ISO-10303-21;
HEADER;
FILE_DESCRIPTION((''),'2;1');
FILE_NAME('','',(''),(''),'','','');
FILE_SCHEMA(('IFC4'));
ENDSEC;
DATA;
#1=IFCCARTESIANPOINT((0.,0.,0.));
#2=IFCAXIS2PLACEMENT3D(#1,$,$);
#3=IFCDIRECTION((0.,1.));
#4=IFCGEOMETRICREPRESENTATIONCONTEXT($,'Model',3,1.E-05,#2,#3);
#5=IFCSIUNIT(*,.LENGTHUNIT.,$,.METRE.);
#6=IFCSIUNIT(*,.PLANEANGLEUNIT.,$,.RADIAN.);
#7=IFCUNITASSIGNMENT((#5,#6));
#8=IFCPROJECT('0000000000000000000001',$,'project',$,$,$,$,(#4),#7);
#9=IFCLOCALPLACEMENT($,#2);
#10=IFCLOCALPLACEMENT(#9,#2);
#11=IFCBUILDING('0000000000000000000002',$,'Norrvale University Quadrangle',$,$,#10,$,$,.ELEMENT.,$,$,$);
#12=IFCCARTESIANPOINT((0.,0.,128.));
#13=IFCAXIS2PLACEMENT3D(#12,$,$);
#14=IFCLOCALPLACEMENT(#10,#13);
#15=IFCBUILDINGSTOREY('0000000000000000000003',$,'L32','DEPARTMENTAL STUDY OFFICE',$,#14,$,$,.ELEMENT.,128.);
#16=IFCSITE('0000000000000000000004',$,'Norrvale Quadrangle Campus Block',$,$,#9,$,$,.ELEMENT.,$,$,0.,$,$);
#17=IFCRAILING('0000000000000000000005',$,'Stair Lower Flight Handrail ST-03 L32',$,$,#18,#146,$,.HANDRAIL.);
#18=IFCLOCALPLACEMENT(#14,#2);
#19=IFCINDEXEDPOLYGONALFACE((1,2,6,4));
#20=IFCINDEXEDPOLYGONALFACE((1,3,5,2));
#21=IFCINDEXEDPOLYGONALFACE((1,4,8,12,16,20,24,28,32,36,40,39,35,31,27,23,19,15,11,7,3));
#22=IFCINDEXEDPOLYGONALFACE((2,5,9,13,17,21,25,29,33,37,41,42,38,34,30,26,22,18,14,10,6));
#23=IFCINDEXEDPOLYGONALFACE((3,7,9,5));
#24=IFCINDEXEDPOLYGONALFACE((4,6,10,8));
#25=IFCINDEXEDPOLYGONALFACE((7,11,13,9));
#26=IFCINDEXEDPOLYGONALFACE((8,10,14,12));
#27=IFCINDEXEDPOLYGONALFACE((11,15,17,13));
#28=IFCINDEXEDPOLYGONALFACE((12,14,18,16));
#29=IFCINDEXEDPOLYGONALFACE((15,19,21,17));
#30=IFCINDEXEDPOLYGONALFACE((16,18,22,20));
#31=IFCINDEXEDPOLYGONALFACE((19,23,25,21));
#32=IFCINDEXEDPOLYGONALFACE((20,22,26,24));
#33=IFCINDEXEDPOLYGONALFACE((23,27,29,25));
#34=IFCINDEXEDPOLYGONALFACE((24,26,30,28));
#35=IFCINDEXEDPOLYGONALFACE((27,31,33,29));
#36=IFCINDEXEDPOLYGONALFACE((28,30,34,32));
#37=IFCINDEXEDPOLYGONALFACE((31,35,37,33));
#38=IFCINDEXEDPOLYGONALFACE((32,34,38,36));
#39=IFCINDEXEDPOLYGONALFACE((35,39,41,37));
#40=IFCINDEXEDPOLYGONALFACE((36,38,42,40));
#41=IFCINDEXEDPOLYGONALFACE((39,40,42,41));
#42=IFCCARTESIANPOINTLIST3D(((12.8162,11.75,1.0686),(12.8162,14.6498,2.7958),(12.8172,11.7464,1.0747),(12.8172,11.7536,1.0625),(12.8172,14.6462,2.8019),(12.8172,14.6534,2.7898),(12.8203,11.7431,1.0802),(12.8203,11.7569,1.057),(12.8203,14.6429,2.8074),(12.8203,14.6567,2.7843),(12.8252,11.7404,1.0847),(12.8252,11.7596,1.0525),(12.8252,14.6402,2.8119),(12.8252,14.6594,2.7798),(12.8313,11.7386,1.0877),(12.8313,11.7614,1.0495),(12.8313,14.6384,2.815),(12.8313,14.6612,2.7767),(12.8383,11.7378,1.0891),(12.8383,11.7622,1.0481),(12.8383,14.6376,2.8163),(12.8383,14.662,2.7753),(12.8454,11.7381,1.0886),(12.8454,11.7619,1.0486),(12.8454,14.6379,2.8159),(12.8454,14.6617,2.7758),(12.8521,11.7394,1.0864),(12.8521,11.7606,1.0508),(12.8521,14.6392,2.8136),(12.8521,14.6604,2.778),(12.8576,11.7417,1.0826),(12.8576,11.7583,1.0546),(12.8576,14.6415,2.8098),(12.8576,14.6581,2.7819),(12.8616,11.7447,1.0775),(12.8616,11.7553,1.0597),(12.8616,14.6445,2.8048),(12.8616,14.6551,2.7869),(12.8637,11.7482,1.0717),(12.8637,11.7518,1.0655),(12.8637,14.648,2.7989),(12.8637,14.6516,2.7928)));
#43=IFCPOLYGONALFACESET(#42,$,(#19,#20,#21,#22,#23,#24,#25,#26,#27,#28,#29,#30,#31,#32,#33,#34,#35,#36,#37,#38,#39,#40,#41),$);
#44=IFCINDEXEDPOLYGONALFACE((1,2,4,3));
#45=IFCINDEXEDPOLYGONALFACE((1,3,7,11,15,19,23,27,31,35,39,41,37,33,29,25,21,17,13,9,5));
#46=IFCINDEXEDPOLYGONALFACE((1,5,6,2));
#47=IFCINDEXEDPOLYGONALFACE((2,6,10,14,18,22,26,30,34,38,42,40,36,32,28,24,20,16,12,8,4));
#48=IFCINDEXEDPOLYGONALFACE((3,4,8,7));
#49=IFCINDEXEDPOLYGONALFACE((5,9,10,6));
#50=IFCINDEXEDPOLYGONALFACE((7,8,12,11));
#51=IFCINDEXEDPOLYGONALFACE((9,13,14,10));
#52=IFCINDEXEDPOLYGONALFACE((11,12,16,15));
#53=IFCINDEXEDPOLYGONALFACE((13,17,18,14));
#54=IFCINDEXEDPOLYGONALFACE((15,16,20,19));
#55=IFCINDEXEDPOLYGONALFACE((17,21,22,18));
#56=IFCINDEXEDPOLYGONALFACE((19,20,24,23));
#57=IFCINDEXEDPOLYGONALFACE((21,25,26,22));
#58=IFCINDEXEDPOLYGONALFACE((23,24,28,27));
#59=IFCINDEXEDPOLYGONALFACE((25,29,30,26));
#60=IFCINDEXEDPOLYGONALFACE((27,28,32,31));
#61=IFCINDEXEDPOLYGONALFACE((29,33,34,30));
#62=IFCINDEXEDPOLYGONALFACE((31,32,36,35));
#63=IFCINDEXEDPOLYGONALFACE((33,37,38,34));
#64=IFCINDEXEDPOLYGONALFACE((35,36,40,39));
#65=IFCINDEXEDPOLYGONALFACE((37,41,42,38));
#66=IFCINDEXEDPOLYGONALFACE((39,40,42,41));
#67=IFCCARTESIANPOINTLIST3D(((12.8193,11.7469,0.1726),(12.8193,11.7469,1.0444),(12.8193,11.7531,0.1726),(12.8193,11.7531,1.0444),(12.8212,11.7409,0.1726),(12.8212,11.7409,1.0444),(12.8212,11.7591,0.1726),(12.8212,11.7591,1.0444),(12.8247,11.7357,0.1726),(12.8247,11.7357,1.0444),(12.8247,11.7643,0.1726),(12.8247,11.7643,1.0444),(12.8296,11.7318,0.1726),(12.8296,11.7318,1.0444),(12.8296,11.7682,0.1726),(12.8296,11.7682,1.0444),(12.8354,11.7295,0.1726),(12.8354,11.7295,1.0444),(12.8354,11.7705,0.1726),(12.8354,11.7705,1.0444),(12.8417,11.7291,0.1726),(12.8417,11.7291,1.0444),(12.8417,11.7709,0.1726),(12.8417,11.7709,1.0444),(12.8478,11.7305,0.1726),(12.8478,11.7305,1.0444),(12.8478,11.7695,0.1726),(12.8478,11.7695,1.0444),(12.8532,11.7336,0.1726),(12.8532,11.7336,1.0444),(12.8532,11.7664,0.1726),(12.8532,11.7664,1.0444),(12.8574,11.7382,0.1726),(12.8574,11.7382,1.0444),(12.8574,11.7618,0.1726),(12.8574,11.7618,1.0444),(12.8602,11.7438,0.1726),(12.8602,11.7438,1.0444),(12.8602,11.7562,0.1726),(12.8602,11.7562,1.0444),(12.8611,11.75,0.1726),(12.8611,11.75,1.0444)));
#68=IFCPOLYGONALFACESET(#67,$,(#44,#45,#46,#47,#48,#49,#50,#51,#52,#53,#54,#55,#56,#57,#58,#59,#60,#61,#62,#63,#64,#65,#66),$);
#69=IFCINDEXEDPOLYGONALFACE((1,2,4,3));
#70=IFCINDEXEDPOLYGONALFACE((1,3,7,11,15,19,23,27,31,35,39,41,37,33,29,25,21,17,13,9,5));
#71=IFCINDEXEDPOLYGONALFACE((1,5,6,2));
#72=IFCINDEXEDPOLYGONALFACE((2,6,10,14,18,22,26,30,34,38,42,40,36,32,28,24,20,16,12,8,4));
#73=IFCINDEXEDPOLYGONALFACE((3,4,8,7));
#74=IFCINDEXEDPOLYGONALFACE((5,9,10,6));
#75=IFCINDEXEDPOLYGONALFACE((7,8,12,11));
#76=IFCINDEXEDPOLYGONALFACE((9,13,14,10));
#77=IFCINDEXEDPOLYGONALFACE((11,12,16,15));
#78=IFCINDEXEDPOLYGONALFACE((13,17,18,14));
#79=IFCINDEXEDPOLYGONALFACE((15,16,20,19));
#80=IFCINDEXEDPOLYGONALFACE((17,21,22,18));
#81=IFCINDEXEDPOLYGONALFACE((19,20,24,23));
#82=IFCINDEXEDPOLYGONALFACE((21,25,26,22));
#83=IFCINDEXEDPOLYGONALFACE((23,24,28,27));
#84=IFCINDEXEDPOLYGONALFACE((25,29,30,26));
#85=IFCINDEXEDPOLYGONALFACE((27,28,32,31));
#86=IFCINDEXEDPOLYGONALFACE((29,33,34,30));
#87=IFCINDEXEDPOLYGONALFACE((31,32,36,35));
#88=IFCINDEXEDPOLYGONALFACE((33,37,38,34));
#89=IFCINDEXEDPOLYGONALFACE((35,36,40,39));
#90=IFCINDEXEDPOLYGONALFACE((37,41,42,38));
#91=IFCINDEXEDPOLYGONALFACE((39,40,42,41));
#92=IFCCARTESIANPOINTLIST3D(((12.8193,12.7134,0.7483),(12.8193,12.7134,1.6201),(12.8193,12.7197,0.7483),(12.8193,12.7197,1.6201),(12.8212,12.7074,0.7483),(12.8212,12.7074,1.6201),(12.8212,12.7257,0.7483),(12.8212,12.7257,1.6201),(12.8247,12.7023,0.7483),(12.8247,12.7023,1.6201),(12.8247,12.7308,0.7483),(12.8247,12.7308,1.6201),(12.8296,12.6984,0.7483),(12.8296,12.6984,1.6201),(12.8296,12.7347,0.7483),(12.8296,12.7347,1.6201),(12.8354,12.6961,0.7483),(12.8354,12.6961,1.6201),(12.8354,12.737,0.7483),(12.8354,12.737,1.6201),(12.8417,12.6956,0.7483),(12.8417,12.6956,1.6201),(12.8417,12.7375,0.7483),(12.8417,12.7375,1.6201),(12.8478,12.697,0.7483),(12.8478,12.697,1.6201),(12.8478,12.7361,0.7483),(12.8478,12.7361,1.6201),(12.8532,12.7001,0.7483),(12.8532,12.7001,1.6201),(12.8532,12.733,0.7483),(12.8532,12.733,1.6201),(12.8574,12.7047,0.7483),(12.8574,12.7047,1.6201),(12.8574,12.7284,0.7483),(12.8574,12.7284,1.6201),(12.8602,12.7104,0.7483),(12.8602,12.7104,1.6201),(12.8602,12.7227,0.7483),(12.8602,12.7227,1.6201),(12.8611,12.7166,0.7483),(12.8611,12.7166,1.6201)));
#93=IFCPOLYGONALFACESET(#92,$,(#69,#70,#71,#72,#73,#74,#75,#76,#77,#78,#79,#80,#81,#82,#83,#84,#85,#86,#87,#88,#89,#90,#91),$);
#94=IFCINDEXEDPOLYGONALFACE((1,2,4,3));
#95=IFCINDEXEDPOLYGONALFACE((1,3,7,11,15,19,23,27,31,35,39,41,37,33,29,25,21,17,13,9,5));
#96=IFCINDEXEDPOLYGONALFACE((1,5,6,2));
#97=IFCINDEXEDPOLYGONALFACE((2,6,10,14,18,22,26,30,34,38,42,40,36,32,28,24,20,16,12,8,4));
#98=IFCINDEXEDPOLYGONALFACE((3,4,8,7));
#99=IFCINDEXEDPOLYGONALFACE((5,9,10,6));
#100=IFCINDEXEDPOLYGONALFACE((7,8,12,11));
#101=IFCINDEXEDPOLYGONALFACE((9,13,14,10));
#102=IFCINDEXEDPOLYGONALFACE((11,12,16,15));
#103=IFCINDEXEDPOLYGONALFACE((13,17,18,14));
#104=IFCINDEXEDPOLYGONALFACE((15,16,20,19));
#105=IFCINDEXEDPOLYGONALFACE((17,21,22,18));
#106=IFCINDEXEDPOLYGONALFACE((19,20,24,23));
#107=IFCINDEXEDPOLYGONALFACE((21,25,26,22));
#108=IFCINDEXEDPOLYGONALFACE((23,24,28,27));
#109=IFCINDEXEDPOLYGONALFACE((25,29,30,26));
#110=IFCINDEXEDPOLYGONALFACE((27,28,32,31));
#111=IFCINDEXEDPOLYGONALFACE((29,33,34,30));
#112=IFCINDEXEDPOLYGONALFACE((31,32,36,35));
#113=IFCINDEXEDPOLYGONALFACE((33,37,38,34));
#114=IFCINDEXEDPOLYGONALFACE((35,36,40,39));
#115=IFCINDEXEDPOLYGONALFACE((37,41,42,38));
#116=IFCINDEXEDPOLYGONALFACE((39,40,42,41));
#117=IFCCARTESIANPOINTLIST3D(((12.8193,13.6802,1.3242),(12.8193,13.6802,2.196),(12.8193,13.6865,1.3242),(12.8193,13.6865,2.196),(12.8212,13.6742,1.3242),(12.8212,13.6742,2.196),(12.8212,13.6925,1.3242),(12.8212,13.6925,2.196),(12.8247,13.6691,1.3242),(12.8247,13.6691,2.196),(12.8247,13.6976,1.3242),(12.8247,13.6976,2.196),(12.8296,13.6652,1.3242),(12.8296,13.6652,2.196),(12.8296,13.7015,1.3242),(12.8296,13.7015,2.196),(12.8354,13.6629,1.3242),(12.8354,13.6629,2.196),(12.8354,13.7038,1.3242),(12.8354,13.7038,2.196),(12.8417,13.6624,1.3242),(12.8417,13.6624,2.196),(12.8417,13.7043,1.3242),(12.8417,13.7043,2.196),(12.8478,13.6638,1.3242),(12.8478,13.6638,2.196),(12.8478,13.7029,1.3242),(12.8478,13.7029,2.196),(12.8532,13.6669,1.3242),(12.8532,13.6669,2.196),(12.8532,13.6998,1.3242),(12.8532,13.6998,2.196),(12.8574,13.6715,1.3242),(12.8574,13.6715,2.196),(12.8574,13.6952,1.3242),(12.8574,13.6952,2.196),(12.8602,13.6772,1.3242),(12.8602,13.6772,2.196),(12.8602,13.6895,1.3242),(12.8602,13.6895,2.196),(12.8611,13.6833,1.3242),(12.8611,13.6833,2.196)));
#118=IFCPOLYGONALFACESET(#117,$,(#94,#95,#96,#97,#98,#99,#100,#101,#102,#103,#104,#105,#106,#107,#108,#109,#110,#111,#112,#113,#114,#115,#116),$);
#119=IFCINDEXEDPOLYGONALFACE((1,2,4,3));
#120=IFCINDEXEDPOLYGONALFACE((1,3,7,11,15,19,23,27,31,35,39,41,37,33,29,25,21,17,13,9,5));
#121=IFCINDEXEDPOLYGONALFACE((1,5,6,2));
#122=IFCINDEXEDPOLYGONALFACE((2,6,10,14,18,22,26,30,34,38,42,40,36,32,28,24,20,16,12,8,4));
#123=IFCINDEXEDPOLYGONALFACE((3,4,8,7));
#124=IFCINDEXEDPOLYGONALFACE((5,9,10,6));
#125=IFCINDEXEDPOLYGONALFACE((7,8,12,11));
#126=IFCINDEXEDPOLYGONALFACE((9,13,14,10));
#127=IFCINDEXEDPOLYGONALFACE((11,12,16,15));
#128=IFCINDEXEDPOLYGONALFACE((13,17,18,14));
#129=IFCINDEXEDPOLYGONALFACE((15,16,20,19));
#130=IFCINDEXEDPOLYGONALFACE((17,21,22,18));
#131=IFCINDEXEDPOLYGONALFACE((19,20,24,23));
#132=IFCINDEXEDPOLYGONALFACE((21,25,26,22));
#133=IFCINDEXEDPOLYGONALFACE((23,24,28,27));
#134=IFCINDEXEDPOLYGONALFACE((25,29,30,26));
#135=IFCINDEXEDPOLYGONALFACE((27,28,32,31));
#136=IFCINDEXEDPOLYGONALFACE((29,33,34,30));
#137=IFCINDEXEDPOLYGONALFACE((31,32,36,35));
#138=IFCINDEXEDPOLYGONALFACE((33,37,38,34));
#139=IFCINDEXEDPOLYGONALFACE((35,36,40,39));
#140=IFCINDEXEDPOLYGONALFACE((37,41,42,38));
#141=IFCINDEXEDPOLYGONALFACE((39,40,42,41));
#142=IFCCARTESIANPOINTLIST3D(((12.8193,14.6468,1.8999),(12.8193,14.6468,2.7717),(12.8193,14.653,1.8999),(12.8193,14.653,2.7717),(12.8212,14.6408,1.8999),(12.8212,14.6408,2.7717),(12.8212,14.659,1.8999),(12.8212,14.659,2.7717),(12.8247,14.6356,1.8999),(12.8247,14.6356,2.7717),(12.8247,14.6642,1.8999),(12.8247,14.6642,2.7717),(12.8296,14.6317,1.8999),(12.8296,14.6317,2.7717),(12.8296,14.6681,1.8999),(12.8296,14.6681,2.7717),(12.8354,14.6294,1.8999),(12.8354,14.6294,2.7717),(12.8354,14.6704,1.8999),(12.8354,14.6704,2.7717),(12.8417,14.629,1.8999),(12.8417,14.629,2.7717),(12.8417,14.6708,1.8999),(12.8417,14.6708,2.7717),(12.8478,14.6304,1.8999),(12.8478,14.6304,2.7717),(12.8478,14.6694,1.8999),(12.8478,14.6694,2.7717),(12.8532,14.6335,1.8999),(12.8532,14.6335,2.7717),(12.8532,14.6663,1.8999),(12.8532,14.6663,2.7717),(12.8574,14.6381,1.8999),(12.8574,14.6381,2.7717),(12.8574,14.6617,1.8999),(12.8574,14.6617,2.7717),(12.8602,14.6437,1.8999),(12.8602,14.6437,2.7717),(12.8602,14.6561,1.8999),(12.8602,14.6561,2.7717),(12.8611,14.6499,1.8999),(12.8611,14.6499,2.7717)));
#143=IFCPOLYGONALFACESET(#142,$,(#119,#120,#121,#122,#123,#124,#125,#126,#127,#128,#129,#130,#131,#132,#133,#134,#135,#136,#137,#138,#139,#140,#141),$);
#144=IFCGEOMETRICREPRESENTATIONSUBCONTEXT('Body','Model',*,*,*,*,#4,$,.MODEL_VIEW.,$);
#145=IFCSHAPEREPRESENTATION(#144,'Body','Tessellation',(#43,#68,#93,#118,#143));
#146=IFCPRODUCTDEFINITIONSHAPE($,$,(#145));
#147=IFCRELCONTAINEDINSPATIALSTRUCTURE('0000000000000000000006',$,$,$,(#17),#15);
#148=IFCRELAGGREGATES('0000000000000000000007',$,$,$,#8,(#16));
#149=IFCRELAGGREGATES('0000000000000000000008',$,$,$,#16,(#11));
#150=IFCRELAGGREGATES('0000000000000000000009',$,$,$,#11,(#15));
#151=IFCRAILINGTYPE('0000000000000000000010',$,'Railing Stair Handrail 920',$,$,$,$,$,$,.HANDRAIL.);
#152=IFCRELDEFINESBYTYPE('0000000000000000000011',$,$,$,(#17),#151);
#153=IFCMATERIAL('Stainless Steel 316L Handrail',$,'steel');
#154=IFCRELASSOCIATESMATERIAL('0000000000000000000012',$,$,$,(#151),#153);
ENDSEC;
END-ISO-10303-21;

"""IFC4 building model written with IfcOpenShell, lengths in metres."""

from ifc_helpers import new_model, si_unit, direction, frame, origin, origin_2d, place, context, subcontext, project, spatial, circle, extrude, material, type_object, element, save


model = new_model("IFC4")

# Units and contexts
model_context = context("Model", 3, precision=1e-05, world=origin(), true_north=direction((0.0, 1.0)))
body_context = subcontext(model_context, "Body", "Model", "MODEL_VIEW")
ifc_project = project(units=[si_unit("LENGTHUNIT", "METRE"), si_unit("PLANEANGLEUNIT", "RADIAN")], contexts=[model_context])

# Site, building, storey
site_placement = place(None, origin())
site = spatial("IfcSite", under=ifc_project, at=site_placement, Name="Norrvale Quadrangle Campus Block", CompositionType="ELEMENT", RefElevation=0.0)
building_placement = place(site_placement, origin())
building = spatial("IfcBuilding", under=site, at=building_placement, Name="Norrvale University Quadrangle", CompositionType="ELEMENT")
storey_placement = place(building_placement, frame((0.0, 0.0, 128.0)))
storey = spatial("IfcBuildingStorey", under=building, at=storey_placement, Name="L32", Description="DEPARTMENTAL STUDY OFFICE", CompositionType="ELEMENT", Elevation=128.0)

# Railing
ifc_material_1 = material(Name="Stainless Steel 316L Handrail", Category="steel")
railing_type_1 = type_object("IfcRailingType", Name="Railing Stair Handrail 920", PredefinedType="HANDRAIL", material=ifc_material_1)
railing_1_placement = place(storey_placement, frame((12.8401, 11.75, 0.1726)))
element("IfcRailing", 1, at=railing_1_placement, inside=storey, type_object=railing_type_1, Name="Stair Lower Flight Handrail ST-03 L32", PredefinedType="HANDRAIL", context=body_context, shape_type="SweptSolid", body=[
    extrude(circle(Radius=0.0239, at=origin_2d()), frame((0.0, 0.0, 0.896), z_axis=(0.0, 0.859141, 0.511738), x_axis=(-1.0, 0.0, 0.0)), (0.0, 0.0, 1.0), 3.3752),
    extrude(circle(Radius=0.021, at=origin_2d()), origin(), (0.0, 0.0, 1.0), 0.8718),
    extrude(circle(Radius=0.021, at=origin_2d()), frame((0.0, 0.9666, 0.5757)), (0.0, 0.0, 1.0), 0.8718),
    extrude(circle(Radius=0.021, at=origin_2d()), frame((0.0, 1.9333, 1.1516)), (0.0, 0.0, 1.0), 0.8718),
    extrude(circle(Radius=0.021, at=origin_2d()), frame((0.0, 2.8999, 1.7273)), (0.0, 0.0, 1.0), 0.8718),
])

save(model, "model.ifc")
